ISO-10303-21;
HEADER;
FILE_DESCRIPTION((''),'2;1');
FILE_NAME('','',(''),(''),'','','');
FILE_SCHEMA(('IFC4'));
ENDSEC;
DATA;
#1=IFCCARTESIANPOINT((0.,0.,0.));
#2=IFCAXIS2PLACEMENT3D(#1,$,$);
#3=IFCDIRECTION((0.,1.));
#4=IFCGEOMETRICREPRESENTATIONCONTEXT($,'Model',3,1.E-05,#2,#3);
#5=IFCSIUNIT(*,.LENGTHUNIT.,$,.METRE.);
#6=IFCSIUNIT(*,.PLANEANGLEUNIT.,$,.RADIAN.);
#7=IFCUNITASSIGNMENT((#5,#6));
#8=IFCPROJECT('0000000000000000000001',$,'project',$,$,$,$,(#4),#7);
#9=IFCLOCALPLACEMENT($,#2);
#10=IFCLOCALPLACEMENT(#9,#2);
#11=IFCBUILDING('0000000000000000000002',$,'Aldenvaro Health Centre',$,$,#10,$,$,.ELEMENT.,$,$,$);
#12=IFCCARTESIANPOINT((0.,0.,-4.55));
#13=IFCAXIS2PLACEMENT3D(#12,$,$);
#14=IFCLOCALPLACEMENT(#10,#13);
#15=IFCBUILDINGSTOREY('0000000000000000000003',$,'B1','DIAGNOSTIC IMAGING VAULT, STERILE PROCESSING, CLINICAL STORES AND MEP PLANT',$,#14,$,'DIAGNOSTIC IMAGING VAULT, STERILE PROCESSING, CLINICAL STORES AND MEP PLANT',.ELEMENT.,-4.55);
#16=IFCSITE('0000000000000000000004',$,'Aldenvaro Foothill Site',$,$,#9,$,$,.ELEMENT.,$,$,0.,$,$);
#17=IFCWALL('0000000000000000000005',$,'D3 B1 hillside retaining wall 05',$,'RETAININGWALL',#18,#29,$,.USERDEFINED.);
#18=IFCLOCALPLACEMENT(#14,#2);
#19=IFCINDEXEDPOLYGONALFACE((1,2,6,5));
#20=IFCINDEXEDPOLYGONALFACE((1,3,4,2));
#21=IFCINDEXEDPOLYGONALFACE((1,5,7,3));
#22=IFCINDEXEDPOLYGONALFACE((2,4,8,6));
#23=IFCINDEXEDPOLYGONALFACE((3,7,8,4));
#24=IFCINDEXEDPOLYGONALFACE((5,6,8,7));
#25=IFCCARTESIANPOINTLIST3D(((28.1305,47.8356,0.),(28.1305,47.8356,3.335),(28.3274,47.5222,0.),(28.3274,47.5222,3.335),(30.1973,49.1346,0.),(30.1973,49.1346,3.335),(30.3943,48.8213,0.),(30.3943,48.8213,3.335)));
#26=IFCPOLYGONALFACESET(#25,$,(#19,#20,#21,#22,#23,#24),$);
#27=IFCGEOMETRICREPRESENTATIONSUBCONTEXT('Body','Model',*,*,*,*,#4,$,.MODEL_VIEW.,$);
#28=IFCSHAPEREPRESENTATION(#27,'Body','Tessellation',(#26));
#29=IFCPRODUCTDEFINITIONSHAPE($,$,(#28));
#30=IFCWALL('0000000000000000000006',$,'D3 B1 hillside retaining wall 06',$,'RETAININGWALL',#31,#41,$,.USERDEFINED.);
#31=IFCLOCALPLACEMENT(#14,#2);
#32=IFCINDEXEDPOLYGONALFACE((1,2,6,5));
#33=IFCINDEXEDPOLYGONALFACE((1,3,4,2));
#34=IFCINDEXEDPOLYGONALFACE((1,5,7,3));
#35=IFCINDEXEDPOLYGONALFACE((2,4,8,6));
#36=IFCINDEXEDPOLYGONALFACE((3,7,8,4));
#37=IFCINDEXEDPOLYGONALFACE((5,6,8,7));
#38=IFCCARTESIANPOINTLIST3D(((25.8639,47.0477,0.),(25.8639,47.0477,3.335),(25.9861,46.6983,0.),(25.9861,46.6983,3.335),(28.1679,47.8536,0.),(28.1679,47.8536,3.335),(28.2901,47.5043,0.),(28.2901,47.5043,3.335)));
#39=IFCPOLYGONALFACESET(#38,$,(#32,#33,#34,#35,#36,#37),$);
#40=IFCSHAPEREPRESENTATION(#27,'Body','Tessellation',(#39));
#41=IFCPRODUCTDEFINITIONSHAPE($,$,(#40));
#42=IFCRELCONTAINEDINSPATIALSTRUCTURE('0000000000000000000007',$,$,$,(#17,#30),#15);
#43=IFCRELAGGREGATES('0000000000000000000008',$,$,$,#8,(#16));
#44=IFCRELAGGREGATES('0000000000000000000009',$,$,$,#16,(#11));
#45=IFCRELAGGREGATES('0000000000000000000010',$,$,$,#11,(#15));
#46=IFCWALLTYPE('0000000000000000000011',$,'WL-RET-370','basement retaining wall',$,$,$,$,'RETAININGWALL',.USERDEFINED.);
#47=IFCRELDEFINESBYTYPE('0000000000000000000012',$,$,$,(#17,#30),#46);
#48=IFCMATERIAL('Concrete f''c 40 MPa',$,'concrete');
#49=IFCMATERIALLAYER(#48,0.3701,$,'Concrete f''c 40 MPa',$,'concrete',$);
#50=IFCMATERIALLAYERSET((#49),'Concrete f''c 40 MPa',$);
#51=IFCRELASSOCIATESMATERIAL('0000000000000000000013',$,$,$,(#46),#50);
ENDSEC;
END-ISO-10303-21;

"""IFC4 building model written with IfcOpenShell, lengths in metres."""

from ifc_helpers import new_model, si_unit, direction, frame, frame_2d, origin, place, context, subcontext, project, spatial, rectangle, extrude, material, layer, layer_set, type_object, element, save


model = new_model("IFC4")

# Units and contexts
model_context = context("Model", 3, precision=1e-05, world=origin(), true_north=direction((0.0, 1.0)))
body_context = subcontext(model_context, "Body", "Model", "MODEL_VIEW")
ifc_project = project(units=[si_unit("LENGTHUNIT", "METRE"), si_unit("PLANEANGLEUNIT", "RADIAN")], contexts=[model_context])

# Site, building, storey
site_placement = place(None, origin())
site = spatial("IfcSite", under=ifc_project, at=site_placement, Name="Aldenvaro Foothill Site", CompositionType="ELEMENT", RefElevation=0.0)
building_placement = place(site_placement, origin())
building = spatial("IfcBuilding", under=site, at=building_placement, Name="Aldenvaro Health Centre", CompositionType="ELEMENT")
storey_placement = place(building_placement, frame((0.0, 0.0, -4.55)))
storey = spatial("IfcBuildingStorey", under=building, at=storey_placement, Name="B1", Description="DIAGNOSTIC IMAGING VAULT, STERILE PROCESSING, CLINICAL STORES AND MEP PLANT", LongName="DIAGNOSTIC IMAGING VAULT, STERILE PROCESSING, CLINICAL STORES AND MEP PLANT", CompositionType="ELEMENT", Elevation=-4.55)

# Shared definitions
ifc_material_1 = material(Name="Concrete f'c 40 MPa", Category="concrete")

# Walls
ifc_layer_1 = layer(ifc_material_1, 0.3701, Name="Concrete f'c 40 MPa", Category="concrete")
ifc_layer_set_1 = layer_set([ifc_layer_1], Name="Concrete f'c 40 MPa")
wall_type = type_object("IfcWallType", Name="WL-RET-370", Description="basement retaining wall", ElementType="RETAININGWALL", PredefinedType="USERDEFINED", material=ifc_layer_set_1)
wall_1_placement = place(storey_placement, frame((30.2959, 48.978, 0.0), z_axis=(0.0, 0.0, 1.0), x_axis=(-0.846658, -0.532137, 0.0)))
element("IfcWall", 1, at=wall_1_placement, inside=storey, type_object=wall_type, Name="D3 B1 hillside retaining wall 05", ObjectType="RETAININGWALL", PredefinedType="USERDEFINED", context=body_context, shape_type="SweptSolid", body=[
    extrude(rectangle(XDim=2.4412, YDim=0.3701, at=frame_2d((1.2207, 0.0))), origin(), (0.0, 0.0, 1.0), 3.335),
])
wall_2_placement = place(storey_placement, frame((28.229, 47.679, 0.0), z_axis=(0.0, 0.0, 1.0), x_axis=(-0.943919, -0.330177, 0.0)))
element("IfcWall", 2, at=wall_2_placement, inside=storey, type_object=wall_type, Name="D3 B1 hillside retaining wall 06", ObjectType="RETAININGWALL", PredefinedType="USERDEFINED", context=body_context, shape_type="SweptSolid", body=[
    extrude(rectangle(XDim=2.4409, YDim=0.3701, at=frame_2d((1.2205, 0.0))), origin(), (0.0, 0.0, 1.0), 3.335),
])

save(model, "model.ifc")
